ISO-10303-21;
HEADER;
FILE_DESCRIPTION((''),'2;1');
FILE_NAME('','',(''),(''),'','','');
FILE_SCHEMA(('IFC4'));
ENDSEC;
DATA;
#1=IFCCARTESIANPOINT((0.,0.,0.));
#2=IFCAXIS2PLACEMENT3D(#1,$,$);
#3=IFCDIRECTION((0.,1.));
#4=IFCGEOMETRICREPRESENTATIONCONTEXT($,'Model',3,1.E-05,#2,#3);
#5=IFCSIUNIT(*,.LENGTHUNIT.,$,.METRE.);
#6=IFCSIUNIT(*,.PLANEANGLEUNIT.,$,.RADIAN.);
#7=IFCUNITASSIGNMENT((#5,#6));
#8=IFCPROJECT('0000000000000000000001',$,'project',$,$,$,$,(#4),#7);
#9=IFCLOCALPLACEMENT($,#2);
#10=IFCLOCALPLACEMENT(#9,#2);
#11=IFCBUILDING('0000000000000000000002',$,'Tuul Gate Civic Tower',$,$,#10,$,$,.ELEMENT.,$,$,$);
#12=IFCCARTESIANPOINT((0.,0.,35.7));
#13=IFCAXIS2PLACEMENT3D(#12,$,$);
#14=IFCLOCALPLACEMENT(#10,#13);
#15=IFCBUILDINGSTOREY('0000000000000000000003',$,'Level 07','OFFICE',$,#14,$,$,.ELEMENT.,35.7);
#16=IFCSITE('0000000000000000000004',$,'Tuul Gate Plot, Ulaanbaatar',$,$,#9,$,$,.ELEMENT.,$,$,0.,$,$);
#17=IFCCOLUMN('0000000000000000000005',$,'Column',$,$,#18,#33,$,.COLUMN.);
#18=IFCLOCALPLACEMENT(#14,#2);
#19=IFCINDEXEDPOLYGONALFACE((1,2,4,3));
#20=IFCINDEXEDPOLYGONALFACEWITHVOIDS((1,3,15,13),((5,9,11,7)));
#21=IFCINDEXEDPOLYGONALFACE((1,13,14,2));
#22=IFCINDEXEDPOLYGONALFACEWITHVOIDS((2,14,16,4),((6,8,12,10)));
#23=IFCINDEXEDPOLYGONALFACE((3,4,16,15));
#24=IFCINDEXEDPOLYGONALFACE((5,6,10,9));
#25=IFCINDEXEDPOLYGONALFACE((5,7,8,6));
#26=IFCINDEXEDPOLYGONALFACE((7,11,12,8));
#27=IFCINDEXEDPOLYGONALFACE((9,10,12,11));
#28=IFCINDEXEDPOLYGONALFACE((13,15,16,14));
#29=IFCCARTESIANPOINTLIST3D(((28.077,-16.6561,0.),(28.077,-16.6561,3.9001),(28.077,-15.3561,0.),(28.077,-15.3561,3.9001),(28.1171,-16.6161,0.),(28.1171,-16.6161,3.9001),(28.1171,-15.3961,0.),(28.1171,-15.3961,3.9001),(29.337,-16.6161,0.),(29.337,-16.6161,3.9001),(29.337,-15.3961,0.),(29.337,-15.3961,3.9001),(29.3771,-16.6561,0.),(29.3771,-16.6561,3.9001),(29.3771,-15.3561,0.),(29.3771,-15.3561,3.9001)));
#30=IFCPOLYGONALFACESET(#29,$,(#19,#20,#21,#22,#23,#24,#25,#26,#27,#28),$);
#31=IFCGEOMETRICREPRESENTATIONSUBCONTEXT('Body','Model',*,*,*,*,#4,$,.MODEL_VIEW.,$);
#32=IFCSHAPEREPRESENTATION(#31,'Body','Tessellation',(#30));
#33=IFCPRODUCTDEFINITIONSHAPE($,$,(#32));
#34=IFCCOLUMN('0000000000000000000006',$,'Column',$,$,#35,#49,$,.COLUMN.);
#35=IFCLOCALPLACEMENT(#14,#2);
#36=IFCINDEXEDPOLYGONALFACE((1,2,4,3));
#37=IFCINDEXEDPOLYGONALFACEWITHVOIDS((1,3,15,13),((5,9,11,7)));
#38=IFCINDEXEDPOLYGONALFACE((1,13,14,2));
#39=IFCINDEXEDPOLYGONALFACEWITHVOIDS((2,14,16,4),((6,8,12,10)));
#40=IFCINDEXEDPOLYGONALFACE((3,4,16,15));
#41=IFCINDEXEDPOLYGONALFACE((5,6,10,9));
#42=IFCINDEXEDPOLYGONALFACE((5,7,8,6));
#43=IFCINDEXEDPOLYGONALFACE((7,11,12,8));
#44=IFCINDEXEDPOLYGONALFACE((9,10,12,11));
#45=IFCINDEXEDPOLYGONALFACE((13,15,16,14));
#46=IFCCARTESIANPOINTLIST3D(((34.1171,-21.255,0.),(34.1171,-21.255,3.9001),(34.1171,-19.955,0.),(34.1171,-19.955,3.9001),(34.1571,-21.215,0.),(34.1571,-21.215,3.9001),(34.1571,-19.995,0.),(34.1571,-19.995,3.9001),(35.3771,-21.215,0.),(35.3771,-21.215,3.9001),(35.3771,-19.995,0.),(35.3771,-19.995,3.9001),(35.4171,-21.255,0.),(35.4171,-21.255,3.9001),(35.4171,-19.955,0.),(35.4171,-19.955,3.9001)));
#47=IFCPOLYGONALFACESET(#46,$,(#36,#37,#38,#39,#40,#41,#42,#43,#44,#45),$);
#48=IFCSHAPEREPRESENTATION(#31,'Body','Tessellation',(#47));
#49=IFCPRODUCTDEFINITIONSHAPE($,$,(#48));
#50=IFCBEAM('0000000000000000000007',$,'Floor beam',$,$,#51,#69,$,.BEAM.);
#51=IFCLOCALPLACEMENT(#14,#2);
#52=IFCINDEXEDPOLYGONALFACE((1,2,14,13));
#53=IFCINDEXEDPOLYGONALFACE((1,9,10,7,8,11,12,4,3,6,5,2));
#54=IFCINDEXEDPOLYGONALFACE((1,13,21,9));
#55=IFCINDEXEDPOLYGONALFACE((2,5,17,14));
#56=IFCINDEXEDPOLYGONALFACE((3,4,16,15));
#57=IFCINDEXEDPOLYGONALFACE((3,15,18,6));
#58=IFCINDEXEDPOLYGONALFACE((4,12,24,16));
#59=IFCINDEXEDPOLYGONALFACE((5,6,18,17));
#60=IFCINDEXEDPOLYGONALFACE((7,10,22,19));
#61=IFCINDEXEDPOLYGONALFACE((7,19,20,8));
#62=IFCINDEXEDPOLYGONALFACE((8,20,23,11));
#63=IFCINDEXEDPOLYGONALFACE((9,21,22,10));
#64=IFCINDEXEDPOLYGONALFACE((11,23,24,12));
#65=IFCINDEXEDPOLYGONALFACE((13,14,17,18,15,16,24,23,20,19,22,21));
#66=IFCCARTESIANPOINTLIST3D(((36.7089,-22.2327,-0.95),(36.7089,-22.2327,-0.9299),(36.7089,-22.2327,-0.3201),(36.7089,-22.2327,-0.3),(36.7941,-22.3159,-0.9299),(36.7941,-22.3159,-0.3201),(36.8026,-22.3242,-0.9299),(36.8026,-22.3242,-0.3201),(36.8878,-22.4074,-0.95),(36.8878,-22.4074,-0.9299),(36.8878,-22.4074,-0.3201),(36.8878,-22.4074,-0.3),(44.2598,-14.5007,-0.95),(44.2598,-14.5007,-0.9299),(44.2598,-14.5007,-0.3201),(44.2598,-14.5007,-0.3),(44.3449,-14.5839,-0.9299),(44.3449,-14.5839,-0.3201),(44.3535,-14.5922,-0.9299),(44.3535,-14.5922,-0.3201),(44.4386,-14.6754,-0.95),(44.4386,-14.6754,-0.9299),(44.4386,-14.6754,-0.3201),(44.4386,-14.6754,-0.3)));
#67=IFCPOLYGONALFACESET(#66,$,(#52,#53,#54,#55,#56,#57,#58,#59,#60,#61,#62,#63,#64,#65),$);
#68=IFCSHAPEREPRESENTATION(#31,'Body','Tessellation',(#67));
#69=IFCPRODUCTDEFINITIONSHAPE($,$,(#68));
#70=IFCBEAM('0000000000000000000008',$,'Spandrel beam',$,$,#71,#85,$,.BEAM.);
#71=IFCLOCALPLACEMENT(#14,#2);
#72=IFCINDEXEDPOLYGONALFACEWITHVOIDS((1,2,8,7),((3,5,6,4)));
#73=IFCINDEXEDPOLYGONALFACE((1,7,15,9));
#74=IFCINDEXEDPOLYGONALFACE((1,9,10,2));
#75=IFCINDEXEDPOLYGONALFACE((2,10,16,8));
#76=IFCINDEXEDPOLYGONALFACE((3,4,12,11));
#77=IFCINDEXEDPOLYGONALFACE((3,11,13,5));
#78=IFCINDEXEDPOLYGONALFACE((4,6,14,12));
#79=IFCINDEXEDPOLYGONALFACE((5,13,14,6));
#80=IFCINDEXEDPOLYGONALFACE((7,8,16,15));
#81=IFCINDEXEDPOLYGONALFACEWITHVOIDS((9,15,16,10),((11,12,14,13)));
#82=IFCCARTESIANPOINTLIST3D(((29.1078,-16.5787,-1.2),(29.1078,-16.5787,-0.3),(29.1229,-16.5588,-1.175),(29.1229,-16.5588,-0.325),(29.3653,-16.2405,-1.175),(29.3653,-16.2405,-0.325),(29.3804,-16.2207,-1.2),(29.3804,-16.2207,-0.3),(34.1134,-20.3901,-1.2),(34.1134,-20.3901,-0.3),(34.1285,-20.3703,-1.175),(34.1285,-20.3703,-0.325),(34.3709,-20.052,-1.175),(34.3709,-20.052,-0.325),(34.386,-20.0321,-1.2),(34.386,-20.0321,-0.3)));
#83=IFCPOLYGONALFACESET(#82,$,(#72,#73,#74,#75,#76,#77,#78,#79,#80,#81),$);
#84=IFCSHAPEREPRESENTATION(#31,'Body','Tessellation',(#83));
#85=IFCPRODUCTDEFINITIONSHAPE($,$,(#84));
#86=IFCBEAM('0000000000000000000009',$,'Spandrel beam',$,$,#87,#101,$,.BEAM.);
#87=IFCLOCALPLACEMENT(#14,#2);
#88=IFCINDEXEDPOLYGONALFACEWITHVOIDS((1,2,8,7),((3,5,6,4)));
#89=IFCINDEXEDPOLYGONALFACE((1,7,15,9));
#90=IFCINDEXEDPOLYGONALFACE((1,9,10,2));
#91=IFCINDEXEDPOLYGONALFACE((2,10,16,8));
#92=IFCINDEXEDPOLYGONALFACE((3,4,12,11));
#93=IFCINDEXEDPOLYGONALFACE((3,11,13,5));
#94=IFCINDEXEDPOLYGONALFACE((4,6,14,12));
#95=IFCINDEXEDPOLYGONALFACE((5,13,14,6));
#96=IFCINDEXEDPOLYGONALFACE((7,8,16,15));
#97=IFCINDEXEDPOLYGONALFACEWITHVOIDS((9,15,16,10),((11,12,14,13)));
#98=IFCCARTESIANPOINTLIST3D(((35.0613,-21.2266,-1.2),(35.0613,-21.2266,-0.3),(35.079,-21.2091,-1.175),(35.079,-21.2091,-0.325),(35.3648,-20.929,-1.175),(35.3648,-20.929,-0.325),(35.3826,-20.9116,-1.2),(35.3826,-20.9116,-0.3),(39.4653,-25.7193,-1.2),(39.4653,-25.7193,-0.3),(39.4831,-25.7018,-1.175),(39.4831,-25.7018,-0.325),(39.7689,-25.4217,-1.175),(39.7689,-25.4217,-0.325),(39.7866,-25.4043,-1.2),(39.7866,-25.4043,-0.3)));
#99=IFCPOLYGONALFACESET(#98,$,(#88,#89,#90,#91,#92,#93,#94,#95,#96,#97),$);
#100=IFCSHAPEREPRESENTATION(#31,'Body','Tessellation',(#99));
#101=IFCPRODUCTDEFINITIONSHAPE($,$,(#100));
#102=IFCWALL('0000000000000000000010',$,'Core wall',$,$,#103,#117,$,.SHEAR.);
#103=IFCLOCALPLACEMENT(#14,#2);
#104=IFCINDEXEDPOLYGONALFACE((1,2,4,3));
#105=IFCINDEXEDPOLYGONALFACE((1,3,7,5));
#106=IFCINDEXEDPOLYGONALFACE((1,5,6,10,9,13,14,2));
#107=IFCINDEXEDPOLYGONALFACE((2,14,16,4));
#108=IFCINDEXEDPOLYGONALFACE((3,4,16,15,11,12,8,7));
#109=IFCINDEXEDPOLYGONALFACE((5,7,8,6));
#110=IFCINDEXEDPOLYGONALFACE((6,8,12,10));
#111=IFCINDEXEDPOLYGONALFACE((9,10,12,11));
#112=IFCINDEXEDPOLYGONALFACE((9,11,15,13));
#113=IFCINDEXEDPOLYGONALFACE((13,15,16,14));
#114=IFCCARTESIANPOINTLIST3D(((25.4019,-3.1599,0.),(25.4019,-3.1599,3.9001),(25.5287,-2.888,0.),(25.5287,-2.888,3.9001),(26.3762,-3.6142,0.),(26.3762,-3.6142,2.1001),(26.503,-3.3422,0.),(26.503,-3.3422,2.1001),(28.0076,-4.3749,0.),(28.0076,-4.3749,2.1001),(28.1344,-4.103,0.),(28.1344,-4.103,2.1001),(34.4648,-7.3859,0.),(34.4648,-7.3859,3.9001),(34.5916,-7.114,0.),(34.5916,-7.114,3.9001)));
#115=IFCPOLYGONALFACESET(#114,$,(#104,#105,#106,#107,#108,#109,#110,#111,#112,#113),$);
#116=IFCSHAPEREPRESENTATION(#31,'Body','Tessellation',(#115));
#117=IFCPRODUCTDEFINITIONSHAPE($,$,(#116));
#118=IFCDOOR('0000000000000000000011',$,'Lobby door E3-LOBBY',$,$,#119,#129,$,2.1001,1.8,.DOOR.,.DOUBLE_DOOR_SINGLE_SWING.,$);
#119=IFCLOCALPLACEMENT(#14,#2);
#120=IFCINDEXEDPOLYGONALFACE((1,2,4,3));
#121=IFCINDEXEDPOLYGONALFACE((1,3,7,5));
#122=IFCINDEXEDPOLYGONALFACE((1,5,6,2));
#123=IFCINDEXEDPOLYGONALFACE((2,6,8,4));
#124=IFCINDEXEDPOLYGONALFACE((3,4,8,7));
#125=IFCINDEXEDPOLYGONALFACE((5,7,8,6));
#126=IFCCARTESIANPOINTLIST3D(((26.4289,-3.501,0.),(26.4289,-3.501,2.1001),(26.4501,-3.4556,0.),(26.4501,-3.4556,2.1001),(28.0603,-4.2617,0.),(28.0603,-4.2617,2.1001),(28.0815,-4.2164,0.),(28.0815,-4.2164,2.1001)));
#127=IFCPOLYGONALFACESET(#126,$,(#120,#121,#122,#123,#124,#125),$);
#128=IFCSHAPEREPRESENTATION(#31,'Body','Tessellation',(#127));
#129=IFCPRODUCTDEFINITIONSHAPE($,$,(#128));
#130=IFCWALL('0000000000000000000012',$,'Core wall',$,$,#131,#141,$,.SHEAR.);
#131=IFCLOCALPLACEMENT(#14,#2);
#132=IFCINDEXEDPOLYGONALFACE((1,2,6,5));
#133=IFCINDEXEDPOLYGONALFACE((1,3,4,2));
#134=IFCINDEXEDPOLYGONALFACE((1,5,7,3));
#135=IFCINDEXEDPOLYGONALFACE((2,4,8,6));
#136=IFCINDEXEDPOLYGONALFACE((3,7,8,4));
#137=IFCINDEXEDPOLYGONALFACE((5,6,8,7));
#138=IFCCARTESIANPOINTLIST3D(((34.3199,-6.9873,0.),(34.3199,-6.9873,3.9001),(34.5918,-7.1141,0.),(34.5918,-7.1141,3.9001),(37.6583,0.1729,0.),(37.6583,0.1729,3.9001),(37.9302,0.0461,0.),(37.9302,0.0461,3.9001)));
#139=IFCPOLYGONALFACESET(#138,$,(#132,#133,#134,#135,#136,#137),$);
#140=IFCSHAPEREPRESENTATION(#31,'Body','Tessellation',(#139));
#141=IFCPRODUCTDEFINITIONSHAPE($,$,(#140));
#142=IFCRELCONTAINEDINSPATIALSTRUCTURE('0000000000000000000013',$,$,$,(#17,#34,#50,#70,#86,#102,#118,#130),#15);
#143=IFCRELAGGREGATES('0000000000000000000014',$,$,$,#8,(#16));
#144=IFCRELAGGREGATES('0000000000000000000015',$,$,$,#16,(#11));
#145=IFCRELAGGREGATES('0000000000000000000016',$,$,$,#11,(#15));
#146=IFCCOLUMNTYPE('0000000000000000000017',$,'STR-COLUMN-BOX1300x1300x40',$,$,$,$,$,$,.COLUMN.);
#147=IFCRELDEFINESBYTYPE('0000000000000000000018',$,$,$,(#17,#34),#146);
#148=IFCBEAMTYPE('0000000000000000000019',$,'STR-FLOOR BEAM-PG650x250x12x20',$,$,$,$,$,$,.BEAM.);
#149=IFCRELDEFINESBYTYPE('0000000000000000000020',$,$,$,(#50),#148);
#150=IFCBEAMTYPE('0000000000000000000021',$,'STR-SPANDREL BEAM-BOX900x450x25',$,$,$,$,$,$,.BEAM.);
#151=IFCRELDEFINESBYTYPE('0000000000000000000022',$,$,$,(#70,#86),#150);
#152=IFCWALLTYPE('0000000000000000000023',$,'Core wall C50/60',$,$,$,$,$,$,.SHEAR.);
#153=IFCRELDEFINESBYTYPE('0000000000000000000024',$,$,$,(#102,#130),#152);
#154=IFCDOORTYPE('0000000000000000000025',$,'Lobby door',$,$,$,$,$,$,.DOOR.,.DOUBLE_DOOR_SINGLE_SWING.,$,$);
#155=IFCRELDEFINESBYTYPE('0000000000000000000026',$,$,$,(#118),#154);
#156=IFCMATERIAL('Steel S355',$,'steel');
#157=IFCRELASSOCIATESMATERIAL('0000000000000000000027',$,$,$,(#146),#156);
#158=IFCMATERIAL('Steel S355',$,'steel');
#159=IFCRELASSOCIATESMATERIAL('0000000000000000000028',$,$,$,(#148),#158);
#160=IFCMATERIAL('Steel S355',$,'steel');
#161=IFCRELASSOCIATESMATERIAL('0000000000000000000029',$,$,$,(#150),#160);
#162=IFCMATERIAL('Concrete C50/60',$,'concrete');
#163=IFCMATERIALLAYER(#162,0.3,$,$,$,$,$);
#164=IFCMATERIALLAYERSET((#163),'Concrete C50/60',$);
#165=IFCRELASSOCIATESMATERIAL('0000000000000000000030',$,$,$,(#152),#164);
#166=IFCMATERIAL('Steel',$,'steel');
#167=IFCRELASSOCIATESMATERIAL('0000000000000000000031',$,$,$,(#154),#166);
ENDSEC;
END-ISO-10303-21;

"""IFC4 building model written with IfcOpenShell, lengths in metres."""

from ifc_helpers import new_model, si_unit, direction, frame, frame_2d, origin, origin_2d, place, context, subcontext, project, spatial, rectangle, hollow_rectangle, i_section, extrude, material, layer, layer_set, material_profile, profile_set, type_object, element, fill, save


model = new_model("IFC4")

# Units and contexts
model_context = context("Model", 3, precision=1e-05, world=origin(), true_north=direction((0.0, 1.0)))
body_context = subcontext(model_context, "Body", "Model", "MODEL_VIEW")
ifc_project = project(units=[si_unit("LENGTHUNIT", "METRE"), si_unit("PLANEANGLEUNIT", "RADIAN")], contexts=[model_context])

# Site, building, storey
site_placement = place(None, origin())
site = spatial("IfcSite", under=ifc_project, at=site_placement, Name="Tuul Gate Plot, Ulaanbaatar", CompositionType="ELEMENT", RefElevation=0.0)
building_placement = place(site_placement, origin())
building = spatial("IfcBuilding", under=site, at=building_placement, Name="Tuul Gate Civic Tower", CompositionType="ELEMENT")
storey_placement = place(building_placement, frame((0.0, 0.0, 35.7)))
storey = spatial("IfcBuildingStorey", under=building, at=storey_placement, Name="Level 07", Description="OFFICE", CompositionType="ELEMENT", Elevation=35.7)

# Columns
ifc_material_1 = material(Name="Steel S355", Category="steel")
ifc_material_profile_1 = material_profile(ifc_material_1, hollow_rectangle(XDim=1.3, YDim=1.3, WallThickness=0.04, at=origin_2d()), Name="BOX1300x1300x40")
ifc_profile_set_1 = profile_set([ifc_material_profile_1], Name="Steel S355")
column_type = type_object("IfcColumnType", Name="STR-COLUMN-BOX1300x1300x40", PredefinedType="COLUMN", material=ifc_profile_set_1)
for number, where, z_axis, x_axis, name in (
    (1, (28.7271, -16.0061, 0.0), (0.0, 0.0, 1.0), (1.0, 0.0, 0.0), "Column"),
    (2, (34.7671, -20.605, 0.0), (0.0, 0.0, 1.0), (1.0, 0.0, 0.0), "Column"),
):
    element("IfcColumn", number, at=place(storey_placement, frame(where, z_axis=z_axis, x_axis=x_axis)), inside=storey, type_object=column_type, Name=name, PredefinedType="COLUMN", context=body_context, shape_type="SweptSolid", body=[
        extrude(hollow_rectangle(XDim=1.3, YDim=1.3, WallThickness=0.04, at=origin_2d()), origin(), (0.0, 0.0, 1.0), 3.9001),
    ])

# Beams
ifc_material_2 = material(Name="Steel S355", Category="steel")
ifc_material_profile_2 = material_profile(ifc_material_2, i_section(OverallWidth=0.25, OverallDepth=0.6499, WebThickness=0.012, FlangeThickness=0.02, at=origin_2d()), Name="PG650x250x12x20")
ifc_profile_set_2 = profile_set([ifc_material_profile_2], Name="Steel S355")
beam_type_1 = type_object("IfcBeamType", Name="STR-FLOOR BEAM-PG650x250x12x20", PredefinedType="BEAM", material=ifc_profile_set_2)
beam_1_placement = place(storey_placement, frame((36.7983, -22.3201, -0.625), z_axis=(0.698676, 0.715438, 0.0), x_axis=(-0.715438, 0.698676, 0.0)))
element("IfcBeam", 3, at=beam_1_placement, inside=storey, type_object=beam_type_1, Name="Floor beam", PredefinedType="BEAM", context=body_context, shape_type="SweptSolid", body=[
    extrude(i_section(OverallWidth=0.25, OverallDepth=0.6499, WebThickness=0.012, FlangeThickness=0.02, at=origin_2d()), origin(), (0.0, 0.0, 1.0), 10.8074),
])
ifc_material_3 = material(Name="Steel S355", Category="steel")
ifc_material_profile_3 = material_profile(ifc_material_3, hollow_rectangle(XDim=0.45, YDim=0.8999, WallThickness=0.0249, at=origin_2d()), Name="BOX900x450x25")
ifc_profile_set_3 = profile_set([ifc_material_profile_3], Name="Steel S355")
beam_type_2 = type_object("IfcBeamType", Name="STR-SPANDREL BEAM-BOX900x450x25", PredefinedType="BEAM", material=ifc_profile_set_3)
beam_2_placement = place(storey_placement, frame((29.2441, -16.3997, -0.75), z_axis=(0.795606, -0.605814, 0.0), x_axis=(0.605814, 0.795606, 0.0)))
element("IfcBeam", 4, at=beam_2_placement, inside=storey, type_object=beam_type_2, Name="Spandrel beam", PredefinedType="BEAM", context=body_context, shape_type="SweptSolid", body=[
    extrude(hollow_rectangle(XDim=0.45, YDim=0.8999, WallThickness=0.0249, at=origin_2d()), origin(), (0.0, 0.0, 1.0), 6.2915),
])
beam_3_placement = place(storey_placement, frame((35.2219, -21.0691, -0.75), z_axis=(0.700028, -0.714115, 0.0), x_axis=(0.714115, 0.700028, 0.0)))
element("IfcBeam", 5, at=beam_3_placement, inside=storey, type_object=beam_type_2, Name="Spandrel beam", PredefinedType="BEAM", context=body_context, shape_type="SweptSolid", body=[
    extrude(hollow_rectangle(XDim=0.45, YDim=0.8999, WallThickness=0.0249, at=origin_2d()), origin(), (0.0, 0.0, 1.0), 6.2913),
])

# Wall, opening, door
ifc_material_4 = material(Name="Concrete C50/60", Category="concrete")
ifc_layer_1 = layer(ifc_material_4, 0.3)
ifc_layer_set_1 = layer_set([ifc_layer_1], Name="Concrete C50/60")
wall_type_1 = type_object("IfcWallType", Name="Core wall C50/60", PredefinedType="SHEAR", material=ifc_layer_set_1)
wall_1_placement = place(storey_placement, frame((34.5283, -7.25, 0.0), z_axis=(0.0, 0.0, 1.0), x_axis=(-0.90631, 0.422613, 0.0)))
wall_1 = element("IfcWall", 6, at=wall_1_placement, inside=storey, type_object=wall_type_1, Name="Core wall", PredefinedType="SHEAR", context=body_context, shape_type="SweptSolid", body=[
    extrude(rectangle(XDim=9.9998, YDim=0.3, at=frame_2d((5.0, 0.0))), origin(), (0.0, 0.0, 1.0), 3.9001),
])
opening_1_placement = place(wall_1_placement, frame((7.125, 0.0, 0.0)))
opening_1 = element("IfcOpeningElement", 7, at=opening_1_placement, cuts=wall_1, PredefinedType="OPENING", context=body_context, shape_type="SweptSolid", body=[
    extrude(rectangle(XDim=1.8, YDim=2.1001, at=frame_2d((0.8999, 1.05))), frame((0.0, 0.1602, 0.0), z_axis=(0.0, -1.0, 0.0), x_axis=(1.0, 0.0, 0.0)), (0.0, 0.0, 1.0), 0.3201),
])
ifc_material_5 = material(Name="Steel", Category="steel")
door_type_1 = type_object("IfcDoorType", Name="Lobby door", OperationType="DOUBLE_DOOR_SINGLE_SWING", PredefinedType="DOOR", material=ifc_material_5)
door_1_placement = place(opening_1_placement, frame((1.8, 0.0, 0.0), z_axis=(0.0, 0.0, 1.0), x_axis=(-1.0, 0.0, 0.0)))
door_1 = element("IfcDoor", 8, at=door_1_placement, inside=storey, type_object=door_type_1, Name="Lobby door E3-LOBBY", OperationType="DOUBLE_DOOR_SINGLE_SWING", OverallHeight=2.1001, OverallWidth=1.8, PredefinedType="DOOR", context=body_context, shape_type="SweptSolid", body=[
    extrude(rectangle(XDim=1.8, YDim=2.1001, at=frame_2d((0.9001, 1.05))), frame((0.0, 0.0249, 0.0), z_axis=(0.0, -1.0, 0.0), x_axis=(1.0, 0.0, 0.0)), (0.0, 0.0, 1.0), 0.05),
])
fill(opening_1, door_1)

# Wall
wall_2_placement = place(storey_placement, frame((34.4558, -7.0508, 0.0), z_axis=(0.0, 0.0, 1.0), x_axis=(0.422571, 0.90633, 0.0)))
element("IfcWall", 9, at=wall_2_placement, inside=storey, type_object=wall_type_1, Name="Core wall", PredefinedType="SHEAR", context=body_context, shape_type="SweptSolid", body=[
    extrude(rectangle(XDim=7.9001, YDim=0.3, at=frame_2d((3.9502, 0.0))), origin(), (0.0, 0.0, 1.0), 3.9001),
])

save(model, "model.ifc")
